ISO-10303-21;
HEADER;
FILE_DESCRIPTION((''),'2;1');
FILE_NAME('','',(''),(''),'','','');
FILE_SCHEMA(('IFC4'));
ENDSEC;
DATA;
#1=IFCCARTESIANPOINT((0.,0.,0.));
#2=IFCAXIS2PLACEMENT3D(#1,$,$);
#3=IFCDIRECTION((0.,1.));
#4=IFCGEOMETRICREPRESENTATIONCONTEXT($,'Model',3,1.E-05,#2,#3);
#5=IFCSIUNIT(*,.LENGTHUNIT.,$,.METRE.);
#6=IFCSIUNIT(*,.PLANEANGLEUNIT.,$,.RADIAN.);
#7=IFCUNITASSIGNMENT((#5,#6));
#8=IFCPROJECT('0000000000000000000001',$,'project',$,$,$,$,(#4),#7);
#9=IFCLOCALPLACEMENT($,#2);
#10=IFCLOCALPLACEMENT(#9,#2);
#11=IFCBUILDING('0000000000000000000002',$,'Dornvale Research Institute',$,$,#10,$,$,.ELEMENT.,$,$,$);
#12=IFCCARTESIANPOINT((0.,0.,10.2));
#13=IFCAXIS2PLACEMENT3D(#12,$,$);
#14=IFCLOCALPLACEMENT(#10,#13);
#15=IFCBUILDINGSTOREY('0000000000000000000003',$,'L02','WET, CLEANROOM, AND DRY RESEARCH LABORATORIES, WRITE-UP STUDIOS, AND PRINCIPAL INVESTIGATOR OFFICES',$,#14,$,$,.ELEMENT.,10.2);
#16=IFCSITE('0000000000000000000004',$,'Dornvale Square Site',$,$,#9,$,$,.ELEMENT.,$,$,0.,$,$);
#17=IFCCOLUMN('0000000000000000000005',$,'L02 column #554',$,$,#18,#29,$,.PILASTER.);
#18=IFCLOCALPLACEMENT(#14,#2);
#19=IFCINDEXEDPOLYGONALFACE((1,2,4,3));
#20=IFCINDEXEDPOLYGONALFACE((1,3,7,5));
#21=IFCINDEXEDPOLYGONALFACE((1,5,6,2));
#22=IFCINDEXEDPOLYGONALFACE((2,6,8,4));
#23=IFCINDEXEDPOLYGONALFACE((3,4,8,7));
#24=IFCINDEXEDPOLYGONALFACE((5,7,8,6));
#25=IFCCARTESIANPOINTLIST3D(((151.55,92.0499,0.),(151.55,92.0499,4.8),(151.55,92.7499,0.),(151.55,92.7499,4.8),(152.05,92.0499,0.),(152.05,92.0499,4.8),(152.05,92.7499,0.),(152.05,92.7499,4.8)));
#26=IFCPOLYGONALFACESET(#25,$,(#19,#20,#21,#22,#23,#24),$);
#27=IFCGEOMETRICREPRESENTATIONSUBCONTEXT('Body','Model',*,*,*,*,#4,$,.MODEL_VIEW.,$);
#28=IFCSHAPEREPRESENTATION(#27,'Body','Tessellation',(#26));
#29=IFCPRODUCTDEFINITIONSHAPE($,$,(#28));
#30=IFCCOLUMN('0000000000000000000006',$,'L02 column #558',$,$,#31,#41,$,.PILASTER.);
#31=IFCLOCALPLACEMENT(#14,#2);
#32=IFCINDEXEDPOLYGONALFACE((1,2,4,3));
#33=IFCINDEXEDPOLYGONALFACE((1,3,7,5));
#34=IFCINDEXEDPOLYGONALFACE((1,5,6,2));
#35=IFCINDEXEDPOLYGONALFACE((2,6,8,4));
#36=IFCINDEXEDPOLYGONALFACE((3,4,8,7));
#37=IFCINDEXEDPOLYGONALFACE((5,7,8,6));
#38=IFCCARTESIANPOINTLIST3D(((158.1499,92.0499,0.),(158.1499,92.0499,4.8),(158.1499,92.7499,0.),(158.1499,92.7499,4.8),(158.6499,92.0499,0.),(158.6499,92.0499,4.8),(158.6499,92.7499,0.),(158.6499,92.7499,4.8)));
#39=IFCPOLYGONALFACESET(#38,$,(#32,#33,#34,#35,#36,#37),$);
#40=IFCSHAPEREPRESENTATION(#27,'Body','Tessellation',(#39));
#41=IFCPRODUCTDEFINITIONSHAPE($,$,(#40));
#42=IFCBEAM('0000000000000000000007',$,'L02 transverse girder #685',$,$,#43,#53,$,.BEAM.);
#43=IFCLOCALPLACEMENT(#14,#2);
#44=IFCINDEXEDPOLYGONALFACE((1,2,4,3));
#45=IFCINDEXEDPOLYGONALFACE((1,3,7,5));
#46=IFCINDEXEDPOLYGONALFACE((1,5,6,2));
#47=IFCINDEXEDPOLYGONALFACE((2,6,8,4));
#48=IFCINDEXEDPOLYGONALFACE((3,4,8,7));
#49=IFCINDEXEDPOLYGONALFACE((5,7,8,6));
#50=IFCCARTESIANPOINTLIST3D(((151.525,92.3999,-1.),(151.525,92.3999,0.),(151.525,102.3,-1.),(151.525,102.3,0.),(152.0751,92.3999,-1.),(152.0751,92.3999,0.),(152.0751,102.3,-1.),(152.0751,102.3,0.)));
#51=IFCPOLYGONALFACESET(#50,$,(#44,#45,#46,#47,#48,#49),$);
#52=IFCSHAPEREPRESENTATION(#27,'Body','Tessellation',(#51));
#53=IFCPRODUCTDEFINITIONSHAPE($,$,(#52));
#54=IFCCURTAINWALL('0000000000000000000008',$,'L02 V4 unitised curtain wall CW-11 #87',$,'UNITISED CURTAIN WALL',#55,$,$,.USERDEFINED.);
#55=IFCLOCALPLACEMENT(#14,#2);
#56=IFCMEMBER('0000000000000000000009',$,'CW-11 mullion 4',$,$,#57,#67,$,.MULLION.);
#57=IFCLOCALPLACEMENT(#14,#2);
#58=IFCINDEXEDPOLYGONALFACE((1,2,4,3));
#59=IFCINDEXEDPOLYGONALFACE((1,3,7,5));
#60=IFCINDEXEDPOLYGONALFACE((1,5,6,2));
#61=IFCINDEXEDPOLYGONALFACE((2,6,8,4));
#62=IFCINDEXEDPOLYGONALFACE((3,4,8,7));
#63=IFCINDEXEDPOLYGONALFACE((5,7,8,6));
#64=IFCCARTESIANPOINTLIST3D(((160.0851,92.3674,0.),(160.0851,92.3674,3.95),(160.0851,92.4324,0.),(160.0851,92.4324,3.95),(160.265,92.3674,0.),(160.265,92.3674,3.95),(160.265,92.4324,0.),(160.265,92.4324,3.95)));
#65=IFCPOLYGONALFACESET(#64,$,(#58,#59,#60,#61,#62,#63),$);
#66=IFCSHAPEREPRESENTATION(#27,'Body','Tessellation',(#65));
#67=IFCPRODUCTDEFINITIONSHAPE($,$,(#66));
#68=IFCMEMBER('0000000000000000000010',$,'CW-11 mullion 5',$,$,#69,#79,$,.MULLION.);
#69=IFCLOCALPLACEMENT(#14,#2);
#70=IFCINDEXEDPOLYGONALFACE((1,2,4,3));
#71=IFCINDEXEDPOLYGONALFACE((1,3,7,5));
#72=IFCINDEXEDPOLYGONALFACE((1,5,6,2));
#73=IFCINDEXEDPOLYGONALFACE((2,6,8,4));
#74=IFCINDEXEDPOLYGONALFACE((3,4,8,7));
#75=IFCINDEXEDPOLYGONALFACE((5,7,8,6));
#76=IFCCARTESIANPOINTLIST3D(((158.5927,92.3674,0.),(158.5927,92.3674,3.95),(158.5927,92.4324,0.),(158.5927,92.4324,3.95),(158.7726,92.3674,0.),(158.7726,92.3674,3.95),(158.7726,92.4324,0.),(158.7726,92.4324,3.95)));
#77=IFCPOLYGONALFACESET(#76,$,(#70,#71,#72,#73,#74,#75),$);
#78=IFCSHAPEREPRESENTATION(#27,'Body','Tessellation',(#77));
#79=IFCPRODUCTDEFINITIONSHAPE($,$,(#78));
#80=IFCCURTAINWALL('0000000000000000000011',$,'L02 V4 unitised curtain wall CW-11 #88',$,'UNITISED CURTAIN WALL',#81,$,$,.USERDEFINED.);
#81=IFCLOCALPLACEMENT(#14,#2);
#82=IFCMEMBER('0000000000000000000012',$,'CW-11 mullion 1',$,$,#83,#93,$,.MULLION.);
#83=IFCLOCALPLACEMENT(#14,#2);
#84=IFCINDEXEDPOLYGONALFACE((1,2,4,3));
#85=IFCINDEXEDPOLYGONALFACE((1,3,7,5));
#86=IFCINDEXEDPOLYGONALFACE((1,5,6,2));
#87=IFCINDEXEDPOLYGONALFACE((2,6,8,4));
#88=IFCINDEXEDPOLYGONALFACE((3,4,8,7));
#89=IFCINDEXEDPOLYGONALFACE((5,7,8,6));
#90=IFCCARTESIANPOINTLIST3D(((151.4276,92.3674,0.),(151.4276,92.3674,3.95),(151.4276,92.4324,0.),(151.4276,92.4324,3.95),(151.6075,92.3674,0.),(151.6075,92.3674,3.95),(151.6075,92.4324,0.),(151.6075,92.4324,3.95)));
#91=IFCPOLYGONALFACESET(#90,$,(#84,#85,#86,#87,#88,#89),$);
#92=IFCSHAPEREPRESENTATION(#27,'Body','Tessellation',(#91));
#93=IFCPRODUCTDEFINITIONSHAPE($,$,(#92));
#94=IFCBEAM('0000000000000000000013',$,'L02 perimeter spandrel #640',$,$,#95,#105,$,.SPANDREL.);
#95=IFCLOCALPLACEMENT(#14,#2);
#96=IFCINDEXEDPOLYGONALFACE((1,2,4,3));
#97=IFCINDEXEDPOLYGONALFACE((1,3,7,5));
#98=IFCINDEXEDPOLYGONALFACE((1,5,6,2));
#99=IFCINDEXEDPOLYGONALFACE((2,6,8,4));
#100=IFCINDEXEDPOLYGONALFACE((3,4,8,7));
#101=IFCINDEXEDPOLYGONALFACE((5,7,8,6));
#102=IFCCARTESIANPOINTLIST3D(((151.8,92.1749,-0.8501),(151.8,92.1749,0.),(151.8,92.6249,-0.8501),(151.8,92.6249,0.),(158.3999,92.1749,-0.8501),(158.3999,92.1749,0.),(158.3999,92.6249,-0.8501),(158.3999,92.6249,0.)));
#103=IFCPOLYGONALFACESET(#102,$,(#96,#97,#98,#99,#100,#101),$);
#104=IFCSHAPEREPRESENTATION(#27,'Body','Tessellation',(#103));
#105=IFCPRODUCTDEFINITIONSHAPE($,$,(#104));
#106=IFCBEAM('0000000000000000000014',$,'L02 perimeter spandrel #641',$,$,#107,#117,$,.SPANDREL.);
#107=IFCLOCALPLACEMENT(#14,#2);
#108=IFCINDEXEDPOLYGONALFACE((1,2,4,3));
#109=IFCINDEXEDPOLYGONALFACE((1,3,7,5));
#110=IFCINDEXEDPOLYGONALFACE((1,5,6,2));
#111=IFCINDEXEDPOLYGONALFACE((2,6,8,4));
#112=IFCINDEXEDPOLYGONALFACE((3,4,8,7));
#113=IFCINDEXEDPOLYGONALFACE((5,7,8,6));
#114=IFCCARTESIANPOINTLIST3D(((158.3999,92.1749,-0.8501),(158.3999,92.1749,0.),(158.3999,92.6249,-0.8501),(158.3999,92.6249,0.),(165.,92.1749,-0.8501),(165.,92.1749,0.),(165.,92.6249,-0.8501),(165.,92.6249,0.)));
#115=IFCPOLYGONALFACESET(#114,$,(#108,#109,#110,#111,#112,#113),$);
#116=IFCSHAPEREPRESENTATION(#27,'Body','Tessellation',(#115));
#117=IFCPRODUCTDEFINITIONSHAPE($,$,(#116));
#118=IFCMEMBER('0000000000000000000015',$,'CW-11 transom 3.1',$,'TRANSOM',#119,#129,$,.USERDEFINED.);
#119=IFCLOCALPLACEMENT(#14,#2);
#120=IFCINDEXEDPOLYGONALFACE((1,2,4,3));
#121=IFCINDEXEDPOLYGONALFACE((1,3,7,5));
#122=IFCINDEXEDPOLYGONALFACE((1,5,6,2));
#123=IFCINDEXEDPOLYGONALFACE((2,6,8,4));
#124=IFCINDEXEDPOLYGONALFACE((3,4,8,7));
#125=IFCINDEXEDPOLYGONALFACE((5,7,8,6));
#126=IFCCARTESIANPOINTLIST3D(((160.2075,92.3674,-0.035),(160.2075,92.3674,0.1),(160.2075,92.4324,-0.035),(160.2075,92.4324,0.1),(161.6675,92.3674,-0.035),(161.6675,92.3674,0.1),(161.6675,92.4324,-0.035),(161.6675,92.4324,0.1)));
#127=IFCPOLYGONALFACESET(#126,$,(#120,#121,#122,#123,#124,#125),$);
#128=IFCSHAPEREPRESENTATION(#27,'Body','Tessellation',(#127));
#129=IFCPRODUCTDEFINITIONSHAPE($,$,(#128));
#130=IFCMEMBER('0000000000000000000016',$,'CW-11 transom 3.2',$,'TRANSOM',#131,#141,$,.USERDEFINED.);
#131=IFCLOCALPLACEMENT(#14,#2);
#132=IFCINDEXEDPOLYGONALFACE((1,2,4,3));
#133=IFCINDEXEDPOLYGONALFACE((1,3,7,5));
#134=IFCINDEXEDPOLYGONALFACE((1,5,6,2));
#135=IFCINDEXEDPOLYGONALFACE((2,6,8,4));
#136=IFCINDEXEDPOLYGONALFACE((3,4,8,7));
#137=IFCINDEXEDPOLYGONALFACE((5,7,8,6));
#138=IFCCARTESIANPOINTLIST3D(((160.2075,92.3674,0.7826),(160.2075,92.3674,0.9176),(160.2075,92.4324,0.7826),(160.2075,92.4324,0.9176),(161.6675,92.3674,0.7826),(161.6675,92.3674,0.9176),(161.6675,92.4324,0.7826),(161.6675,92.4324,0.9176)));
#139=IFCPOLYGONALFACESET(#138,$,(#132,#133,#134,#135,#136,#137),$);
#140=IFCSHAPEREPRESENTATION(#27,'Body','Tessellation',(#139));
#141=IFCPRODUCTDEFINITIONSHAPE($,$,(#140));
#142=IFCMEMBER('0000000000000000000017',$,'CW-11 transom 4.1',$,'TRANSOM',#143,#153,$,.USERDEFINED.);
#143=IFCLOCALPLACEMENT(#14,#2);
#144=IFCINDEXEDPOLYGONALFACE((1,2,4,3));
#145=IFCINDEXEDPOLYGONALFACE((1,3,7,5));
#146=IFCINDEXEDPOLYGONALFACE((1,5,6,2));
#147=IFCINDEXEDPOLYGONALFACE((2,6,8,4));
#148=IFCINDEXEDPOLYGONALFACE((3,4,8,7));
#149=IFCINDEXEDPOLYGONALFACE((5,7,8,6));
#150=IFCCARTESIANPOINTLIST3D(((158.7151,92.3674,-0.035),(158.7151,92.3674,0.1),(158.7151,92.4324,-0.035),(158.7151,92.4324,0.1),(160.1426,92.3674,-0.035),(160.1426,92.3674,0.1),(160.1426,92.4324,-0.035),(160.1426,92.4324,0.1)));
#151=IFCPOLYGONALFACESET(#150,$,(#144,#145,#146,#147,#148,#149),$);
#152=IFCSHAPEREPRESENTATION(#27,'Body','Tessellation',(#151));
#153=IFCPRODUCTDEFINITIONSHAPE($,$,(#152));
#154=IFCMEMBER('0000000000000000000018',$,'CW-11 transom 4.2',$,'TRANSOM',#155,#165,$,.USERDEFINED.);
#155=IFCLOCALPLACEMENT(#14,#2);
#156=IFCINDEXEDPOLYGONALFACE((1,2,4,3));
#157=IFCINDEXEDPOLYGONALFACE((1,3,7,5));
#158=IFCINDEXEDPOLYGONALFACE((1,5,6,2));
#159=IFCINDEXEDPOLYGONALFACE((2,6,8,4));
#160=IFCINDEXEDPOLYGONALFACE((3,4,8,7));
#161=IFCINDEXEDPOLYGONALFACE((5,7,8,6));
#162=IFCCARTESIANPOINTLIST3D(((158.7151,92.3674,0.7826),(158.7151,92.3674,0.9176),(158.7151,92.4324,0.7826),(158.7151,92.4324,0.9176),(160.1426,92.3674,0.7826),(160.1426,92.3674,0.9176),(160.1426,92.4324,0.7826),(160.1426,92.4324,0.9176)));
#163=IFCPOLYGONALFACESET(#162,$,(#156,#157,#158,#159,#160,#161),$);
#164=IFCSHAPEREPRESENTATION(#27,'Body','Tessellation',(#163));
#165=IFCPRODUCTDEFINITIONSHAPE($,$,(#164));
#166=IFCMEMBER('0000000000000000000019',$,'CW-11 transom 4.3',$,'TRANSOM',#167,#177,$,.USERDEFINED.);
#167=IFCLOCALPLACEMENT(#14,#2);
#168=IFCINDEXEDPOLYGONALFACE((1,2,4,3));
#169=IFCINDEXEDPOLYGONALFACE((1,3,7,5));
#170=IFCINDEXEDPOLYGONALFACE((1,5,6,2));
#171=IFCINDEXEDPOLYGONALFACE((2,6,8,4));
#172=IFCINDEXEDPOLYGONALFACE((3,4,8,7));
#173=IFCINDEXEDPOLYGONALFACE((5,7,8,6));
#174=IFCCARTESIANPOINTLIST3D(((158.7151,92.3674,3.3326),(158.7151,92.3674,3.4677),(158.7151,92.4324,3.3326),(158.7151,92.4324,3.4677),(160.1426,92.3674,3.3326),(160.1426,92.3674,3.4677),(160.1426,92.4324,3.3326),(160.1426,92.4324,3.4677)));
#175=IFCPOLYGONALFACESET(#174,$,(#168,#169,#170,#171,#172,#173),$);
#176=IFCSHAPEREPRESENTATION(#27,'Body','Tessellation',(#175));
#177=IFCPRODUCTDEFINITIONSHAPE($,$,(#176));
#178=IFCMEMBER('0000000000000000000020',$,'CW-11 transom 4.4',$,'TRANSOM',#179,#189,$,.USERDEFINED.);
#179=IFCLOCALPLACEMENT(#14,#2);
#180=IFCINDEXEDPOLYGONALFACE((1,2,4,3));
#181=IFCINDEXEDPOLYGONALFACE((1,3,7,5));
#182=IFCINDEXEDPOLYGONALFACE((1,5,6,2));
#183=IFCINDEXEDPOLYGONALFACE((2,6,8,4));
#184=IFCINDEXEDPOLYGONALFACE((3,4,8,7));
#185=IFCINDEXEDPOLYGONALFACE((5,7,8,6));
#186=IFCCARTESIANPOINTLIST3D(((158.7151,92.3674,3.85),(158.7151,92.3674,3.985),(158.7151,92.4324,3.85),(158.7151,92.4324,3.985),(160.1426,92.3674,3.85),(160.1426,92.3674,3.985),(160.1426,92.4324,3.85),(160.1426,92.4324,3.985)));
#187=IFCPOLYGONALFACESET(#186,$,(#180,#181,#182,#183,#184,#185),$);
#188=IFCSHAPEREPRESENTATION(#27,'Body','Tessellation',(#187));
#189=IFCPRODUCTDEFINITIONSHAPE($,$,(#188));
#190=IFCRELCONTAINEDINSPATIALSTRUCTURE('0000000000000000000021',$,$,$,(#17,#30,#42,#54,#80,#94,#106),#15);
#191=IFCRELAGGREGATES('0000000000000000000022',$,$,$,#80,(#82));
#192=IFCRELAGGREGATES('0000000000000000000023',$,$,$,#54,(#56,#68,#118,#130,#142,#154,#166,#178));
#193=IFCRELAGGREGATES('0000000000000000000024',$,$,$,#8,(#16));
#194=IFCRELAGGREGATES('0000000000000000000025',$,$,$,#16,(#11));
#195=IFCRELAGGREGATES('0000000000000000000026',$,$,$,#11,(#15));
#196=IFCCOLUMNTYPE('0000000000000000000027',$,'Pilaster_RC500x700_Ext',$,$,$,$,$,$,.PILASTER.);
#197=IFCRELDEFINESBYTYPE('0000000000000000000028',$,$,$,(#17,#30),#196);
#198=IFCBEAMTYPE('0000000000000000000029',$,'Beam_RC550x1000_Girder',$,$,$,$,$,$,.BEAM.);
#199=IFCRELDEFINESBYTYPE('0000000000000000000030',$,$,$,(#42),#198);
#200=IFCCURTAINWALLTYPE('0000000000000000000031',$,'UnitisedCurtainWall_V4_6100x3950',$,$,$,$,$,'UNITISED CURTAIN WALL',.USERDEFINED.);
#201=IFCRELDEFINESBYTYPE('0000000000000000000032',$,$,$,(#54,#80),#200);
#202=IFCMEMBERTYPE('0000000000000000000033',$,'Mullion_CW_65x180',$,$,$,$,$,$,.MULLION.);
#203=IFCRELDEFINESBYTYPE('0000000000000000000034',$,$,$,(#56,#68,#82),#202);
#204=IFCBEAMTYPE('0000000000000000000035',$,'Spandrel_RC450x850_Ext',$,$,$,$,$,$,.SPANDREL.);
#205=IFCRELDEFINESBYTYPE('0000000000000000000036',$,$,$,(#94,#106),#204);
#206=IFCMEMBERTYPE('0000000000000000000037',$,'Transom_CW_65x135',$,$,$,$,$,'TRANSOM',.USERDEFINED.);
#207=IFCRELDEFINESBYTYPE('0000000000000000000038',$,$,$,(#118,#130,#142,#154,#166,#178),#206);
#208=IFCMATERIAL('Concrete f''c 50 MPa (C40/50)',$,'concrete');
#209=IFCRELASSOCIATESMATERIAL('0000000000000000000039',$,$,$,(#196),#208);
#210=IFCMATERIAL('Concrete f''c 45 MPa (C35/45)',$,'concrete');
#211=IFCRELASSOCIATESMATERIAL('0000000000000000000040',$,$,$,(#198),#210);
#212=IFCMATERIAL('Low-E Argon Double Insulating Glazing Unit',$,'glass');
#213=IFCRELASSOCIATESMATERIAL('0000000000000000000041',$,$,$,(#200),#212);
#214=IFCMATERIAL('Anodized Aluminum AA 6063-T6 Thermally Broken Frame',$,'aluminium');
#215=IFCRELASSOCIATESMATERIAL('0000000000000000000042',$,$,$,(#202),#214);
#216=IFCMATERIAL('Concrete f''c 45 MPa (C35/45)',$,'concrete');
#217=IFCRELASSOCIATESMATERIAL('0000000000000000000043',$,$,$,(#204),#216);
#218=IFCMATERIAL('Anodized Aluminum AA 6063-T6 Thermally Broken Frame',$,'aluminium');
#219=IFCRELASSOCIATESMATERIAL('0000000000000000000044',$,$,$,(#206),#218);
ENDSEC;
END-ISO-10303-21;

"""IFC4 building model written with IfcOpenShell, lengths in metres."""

from ifc_helpers import new_model, si_unit, direction, frame, origin, origin_2d, place, context, subcontext, project, spatial, rectangle, extrude, material, material_profile, profile_set, type_object, element, aggregate, save


model = new_model("IFC4")

# Units and contexts
model_context = context("Model", 3, precision=1e-05, world=origin(), true_north=direction((0.0, 1.0)))
body_context = subcontext(model_context, "Body", "Model", "MODEL_VIEW")
ifc_project = project(units=[si_unit("LENGTHUNIT", "METRE"), si_unit("PLANEANGLEUNIT", "RADIAN")], contexts=[model_context])

# Site, building, storey
site_placement = place(None, origin())
site = spatial("IfcSite", under=ifc_project, at=site_placement, Name="Dornvale Square Site", CompositionType="ELEMENT", RefElevation=0.0)
building_placement = place(site_placement, origin())
building = spatial("IfcBuilding", under=site, at=building_placement, Name="Dornvale Research Institute", CompositionType="ELEMENT")
storey_placement = place(building_placement, frame((0.0, 0.0, 10.2)))
storey = spatial("IfcBuildingStorey", under=building, at=storey_placement, Name="L02", Description="WET, CLEANROOM, AND DRY RESEARCH LABORATORIES, WRITE-UP STUDIOS, AND PRINCIPAL INVESTIGATOR OFFICES", CompositionType="ELEMENT", Elevation=10.2)

# Columns
ifc_material_1 = material(Name="Concrete f'c 50 MPa (C40/50)", Category="concrete")
ifc_material_profile_1 = material_profile(ifc_material_1, rectangle(XDim=0.5, YDim=0.7, at=origin_2d()), Name="RC 500x700")
ifc_profile_set_1 = profile_set([ifc_material_profile_1], Name="Concrete f'c 50 MPa (C40/50)")
column_type = type_object("IfcColumnType", Name="Pilaster_RC500x700_Ext", PredefinedType="PILASTER", material=ifc_profile_set_1)
for number, where, z_axis, x_axis, name in (
    (1, (151.8, 92.3999, 0.0), (0.0, 0.0, 1.0), (1.0, 0.0, 0.0), "L02 column #554"),
    (2, (158.3999, 92.3999, 0.0), (0.0, 0.0, 1.0), (1.0, 0.0, 0.0), "L02 column #558"),
):
    element("IfcColumn", number, at=place(storey_placement, frame(where, z_axis=z_axis, x_axis=x_axis)), inside=storey, type_object=column_type, Name=name, PredefinedType="PILASTER", context=body_context, shape_type="SweptSolid", body=[
        extrude(rectangle(XDim=0.5, YDim=0.7, at=origin_2d()), origin(), (0.0, 0.0, 1.0), 4.8),
    ])

# Beam
ifc_material_2 = material(Name="Concrete f'c 45 MPa (C35/45)", Category="concrete")
ifc_material_profile_2 = material_profile(ifc_material_2, rectangle(XDim=0.55, YDim=1.0, at=origin_2d()), Name="RC 550x1000")
ifc_profile_set_2 = profile_set([ifc_material_profile_2], Name="Concrete f'c 45 MPa (C35/45)")
beam_type_1 = type_object("IfcBeamType", Name="Beam_RC550x1000_Girder", PredefinedType="BEAM", material=ifc_profile_set_2)
beam_1_placement = place(storey_placement, frame((151.8, 92.3999, -0.5), z_axis=(0.0, 1.0, 0.0), x_axis=(-1.0, 0.0, 0.0)))
element("IfcBeam", 3, at=beam_1_placement, inside=storey, type_object=beam_type_1, Name="L02 transverse girder #685", PredefinedType="BEAM", context=body_context, shape_type="SweptSolid", body=[
    extrude(rectangle(XDim=0.55, YDim=1.0, at=origin_2d()), origin(), (0.0, 0.0, 1.0), 9.9001),
])

# Curtain wall, members
ifc_material_3 = material(Name="Low-E Argon Double Insulating Glazing Unit", Category="glass")
curtain_wall_type = type_object("IfcCurtainWallType", Name="UnitisedCurtainWall_V4_6100x3950", ElementType="UNITISED CURTAIN WALL", PredefinedType="USERDEFINED", material=ifc_material_3)
curtain_wall_1_placement = place(storey_placement, origin())
curtain_wall_1 = element("IfcCurtainWall", 4, at=curtain_wall_1_placement, inside=storey, type_object=curtain_wall_type, Name="L02 V4 unitised curtain wall CW-11 #87", ObjectType="UNITISED CURTAIN WALL", PredefinedType="USERDEFINED")
ifc_material_4 = material(Name="Anodized Aluminum AA 6063-T6 Thermally Broken Frame", Category="aluminium")
ifc_material_profile_3 = material_profile(ifc_material_4, rectangle(XDim=0.0649, YDim=0.1799, at=origin_2d()), Name="ALU MULLION 65x180")
ifc_profile_set_3 = profile_set([ifc_material_profile_3], Name="Anodized Aluminum AA 6063-T6 Thermally Broken Frame")
member_type_1 = type_object("IfcMemberType", Name="Mullion_CW_65x180", PredefinedType="MULLION", material=ifc_profile_set_3)
member_1_placement = place(storey_placement, frame((160.175, 92.3999, 0.0), z_axis=(0.0, 0.0, 1.0), x_axis=(0.0, -1.0, 0.0)))
member_1 = element("IfcMember", 5, at=member_1_placement, type_object=member_type_1, Name="CW-11 mullion 4", PredefinedType="MULLION", context=body_context, shape_type="SweptSolid", body=[
    extrude(rectangle(XDim=0.0649, YDim=0.1799, at=origin_2d()), origin(), (0.0, 0.0, 1.0), 3.95),
])
member_2_placement = place(storey_placement, frame((158.6826, 92.3999, 0.0), z_axis=(0.0, 0.0, 1.0), x_axis=(0.0, -1.0, 0.0)))
member_2 = element("IfcMember", 6, at=member_2_placement, type_object=member_type_1, Name="CW-11 mullion 5", PredefinedType="MULLION", context=body_context, shape_type="SweptSolid", body=[
    extrude(rectangle(XDim=0.0649, YDim=0.1799, at=origin_2d()), origin(), (0.0, 0.0, 1.0), 3.95),
])

# Curtain wall, member
curtain_wall_2_placement = place(storey_placement, origin())
curtain_wall_2 = element("IfcCurtainWall", 7, at=curtain_wall_2_placement, inside=storey, type_object=curtain_wall_type, Name="L02 V4 unitised curtain wall CW-11 #88", ObjectType="UNITISED CURTAIN WALL", PredefinedType="USERDEFINED")
member_3_placement = place(storey_placement, frame((151.5176, 92.3999, 0.0), z_axis=(0.0, 0.0, 1.0), x_axis=(0.0, -1.0, 0.0)))
member_3 = element("IfcMember", 8, at=member_3_placement, type_object=member_type_1, Name="CW-11 mullion 1", PredefinedType="MULLION", context=body_context, shape_type="SweptSolid", body=[
    extrude(rectangle(XDim=0.0649, YDim=0.1799, at=origin_2d()), origin(), (0.0, 0.0, 1.0), 3.95),
])

# Beams
ifc_material_5 = material(Name="Concrete f'c 45 MPa (C35/45)", Category="concrete")
ifc_material_profile_4 = material_profile(ifc_material_5, rectangle(XDim=0.45, YDim=0.8501, at=origin_2d()), Name="RC 450x850")
ifc_profile_set_4 = profile_set([ifc_material_profile_4], Name="Concrete f'c 45 MPa (C35/45)")
beam_type_2 = type_object("IfcBeamType", Name="Spandrel_RC450x850_Ext", PredefinedType="SPANDREL", material=ifc_profile_set_4)
beam_2_placement = place(storey_placement, frame((151.8, 92.3999, -0.425), z_axis=(1.0, 0.0, 0.0), x_axis=(0.0, 1.0, 0.0)))
element("IfcBeam", 9, at=beam_2_placement, inside=storey, type_object=beam_type_2, Name="L02 perimeter spandrel #640", PredefinedType="SPANDREL", context=body_context, shape_type="SweptSolid", body=[
    extrude(rectangle(XDim=0.45, YDim=0.8501, at=origin_2d()), origin(), (0.0, 0.0, 1.0), 6.5999),
])
beam_3_placement = place(storey_placement, frame((158.3999, 92.3999, -0.425), z_axis=(1.0, 0.0, 0.0), x_axis=(0.0, 1.0, 0.0)))
element("IfcBeam", 10, at=beam_3_placement, inside=storey, type_object=beam_type_2, Name="L02 perimeter spandrel #641", PredefinedType="SPANDREL", context=body_context, shape_type="SweptSolid", body=[
    extrude(rectangle(XDim=0.45, YDim=0.8501, at=origin_2d()), origin(), (0.0, 0.0, 1.0), 6.6001),
])

# Members
ifc_material_6 = material(Name="Anodized Aluminum AA 6063-T6 Thermally Broken Frame", Category="aluminium")
ifc_material_profile_5 = material_profile(ifc_material_6, rectangle(XDim=0.0649, YDim=0.135, at=origin_2d()), Name="ALU TRANSOM 65x135")
ifc_profile_set_5 = profile_set([ifc_material_profile_5], Name="Anodized Aluminum AA 6063-T6 Thermally Broken Frame")
member_type_2 = type_object("IfcMemberType", Name="Transom_CW_65x135", ElementType="TRANSOM", PredefinedType="USERDEFINED", material=ifc_profile_set_5)
member_4_placement = place(storey_placement, frame((161.6675, 92.3999, 0.0325), z_axis=(-1.0, 0.0, 0.0), x_axis=(0.0, -1.0, 0.0)))
member_4 = element("IfcMember", 11, at=member_4_placement, type_object=member_type_2, Name="CW-11 transom 3.1", ObjectType="TRANSOM", PredefinedType="USERDEFINED", context=body_context, shape_type="SweptSolid", body=[
    extrude(rectangle(XDim=0.0649, YDim=0.135, at=origin_2d()), origin(), (0.0, 0.0, 1.0), 1.46),
])
member_5_placement = place(storey_placement, frame((161.6675, 92.3999, 0.8501), z_axis=(-1.0, 0.0, 0.0), x_axis=(0.0, -1.0, 0.0)))
member_5 = element("IfcMember", 12, at=member_5_placement, type_object=member_type_2, Name="CW-11 transom 3.2", ObjectType="TRANSOM", PredefinedType="USERDEFINED", context=body_context, shape_type="SweptSolid", body=[
    extrude(rectangle(XDim=0.0649, YDim=0.135, at=origin_2d()), origin(), (0.0, 0.0, 1.0), 1.46),
])
member_6_placement = place(storey_placement, frame((160.1426, 92.3999, 0.0325), z_axis=(-1.0, 0.0, 0.0), x_axis=(0.0, -1.0, 0.0)))
member_6 = element("IfcMember", 13, at=member_6_placement, type_object=member_type_2, Name="CW-11 transom 4.1", ObjectType="TRANSOM", PredefinedType="USERDEFINED", context=body_context, shape_type="SweptSolid", body=[
    extrude(rectangle(XDim=0.0649, YDim=0.135, at=origin_2d()), origin(), (0.0, 0.0, 1.0), 1.4275),
])
member_7_placement = place(storey_placement, frame((160.1426, 92.3999, 0.8501), z_axis=(-1.0, 0.0, 0.0), x_axis=(0.0, -1.0, 0.0)))
member_7 = element("IfcMember", 14, at=member_7_placement, type_object=member_type_2, Name="CW-11 transom 4.2", ObjectType="TRANSOM", PredefinedType="USERDEFINED", context=body_context, shape_type="SweptSolid", body=[
    extrude(rectangle(XDim=0.0649, YDim=0.135, at=origin_2d()), origin(), (0.0, 0.0, 1.0), 1.4275),
])
member_8_placement = place(storey_placement, frame((160.1426, 92.3999, 3.4001), z_axis=(-1.0, 0.0, 0.0), x_axis=(0.0, -1.0, 0.0)))
member_8 = element("IfcMember", 15, at=member_8_placement, type_object=member_type_2, Name="CW-11 transom 4.3", ObjectType="TRANSOM", PredefinedType="USERDEFINED", context=body_context, shape_type="SweptSolid", body=[
    extrude(rectangle(XDim=0.0649, YDim=0.135, at=origin_2d()), origin(), (0.0, 0.0, 1.0), 1.4275),
])
member_9_placement = place(storey_placement, frame((160.1426, 92.3999, 3.9175), z_axis=(-1.0, 0.0, 0.0), x_axis=(0.0, -1.0, 0.0)))
member_9 = element("IfcMember", 16, at=member_9_placement, type_object=member_type_2, Name="CW-11 transom 4.4", ObjectType="TRANSOM", PredefinedType="USERDEFINED", context=body_context, shape_type="SweptSolid", body=[
    extrude(rectangle(XDim=0.0649, YDim=0.135, at=origin_2d()), origin(), (0.0, 0.0, 1.0), 1.4275),
])
aggregate(curtain_wall_2, [member_3])

aggregate(curtain_wall_1, [member_1, member_2, member_4, member_5, member_6, member_7, member_8, member_9])

save(model, "model.ifc")
